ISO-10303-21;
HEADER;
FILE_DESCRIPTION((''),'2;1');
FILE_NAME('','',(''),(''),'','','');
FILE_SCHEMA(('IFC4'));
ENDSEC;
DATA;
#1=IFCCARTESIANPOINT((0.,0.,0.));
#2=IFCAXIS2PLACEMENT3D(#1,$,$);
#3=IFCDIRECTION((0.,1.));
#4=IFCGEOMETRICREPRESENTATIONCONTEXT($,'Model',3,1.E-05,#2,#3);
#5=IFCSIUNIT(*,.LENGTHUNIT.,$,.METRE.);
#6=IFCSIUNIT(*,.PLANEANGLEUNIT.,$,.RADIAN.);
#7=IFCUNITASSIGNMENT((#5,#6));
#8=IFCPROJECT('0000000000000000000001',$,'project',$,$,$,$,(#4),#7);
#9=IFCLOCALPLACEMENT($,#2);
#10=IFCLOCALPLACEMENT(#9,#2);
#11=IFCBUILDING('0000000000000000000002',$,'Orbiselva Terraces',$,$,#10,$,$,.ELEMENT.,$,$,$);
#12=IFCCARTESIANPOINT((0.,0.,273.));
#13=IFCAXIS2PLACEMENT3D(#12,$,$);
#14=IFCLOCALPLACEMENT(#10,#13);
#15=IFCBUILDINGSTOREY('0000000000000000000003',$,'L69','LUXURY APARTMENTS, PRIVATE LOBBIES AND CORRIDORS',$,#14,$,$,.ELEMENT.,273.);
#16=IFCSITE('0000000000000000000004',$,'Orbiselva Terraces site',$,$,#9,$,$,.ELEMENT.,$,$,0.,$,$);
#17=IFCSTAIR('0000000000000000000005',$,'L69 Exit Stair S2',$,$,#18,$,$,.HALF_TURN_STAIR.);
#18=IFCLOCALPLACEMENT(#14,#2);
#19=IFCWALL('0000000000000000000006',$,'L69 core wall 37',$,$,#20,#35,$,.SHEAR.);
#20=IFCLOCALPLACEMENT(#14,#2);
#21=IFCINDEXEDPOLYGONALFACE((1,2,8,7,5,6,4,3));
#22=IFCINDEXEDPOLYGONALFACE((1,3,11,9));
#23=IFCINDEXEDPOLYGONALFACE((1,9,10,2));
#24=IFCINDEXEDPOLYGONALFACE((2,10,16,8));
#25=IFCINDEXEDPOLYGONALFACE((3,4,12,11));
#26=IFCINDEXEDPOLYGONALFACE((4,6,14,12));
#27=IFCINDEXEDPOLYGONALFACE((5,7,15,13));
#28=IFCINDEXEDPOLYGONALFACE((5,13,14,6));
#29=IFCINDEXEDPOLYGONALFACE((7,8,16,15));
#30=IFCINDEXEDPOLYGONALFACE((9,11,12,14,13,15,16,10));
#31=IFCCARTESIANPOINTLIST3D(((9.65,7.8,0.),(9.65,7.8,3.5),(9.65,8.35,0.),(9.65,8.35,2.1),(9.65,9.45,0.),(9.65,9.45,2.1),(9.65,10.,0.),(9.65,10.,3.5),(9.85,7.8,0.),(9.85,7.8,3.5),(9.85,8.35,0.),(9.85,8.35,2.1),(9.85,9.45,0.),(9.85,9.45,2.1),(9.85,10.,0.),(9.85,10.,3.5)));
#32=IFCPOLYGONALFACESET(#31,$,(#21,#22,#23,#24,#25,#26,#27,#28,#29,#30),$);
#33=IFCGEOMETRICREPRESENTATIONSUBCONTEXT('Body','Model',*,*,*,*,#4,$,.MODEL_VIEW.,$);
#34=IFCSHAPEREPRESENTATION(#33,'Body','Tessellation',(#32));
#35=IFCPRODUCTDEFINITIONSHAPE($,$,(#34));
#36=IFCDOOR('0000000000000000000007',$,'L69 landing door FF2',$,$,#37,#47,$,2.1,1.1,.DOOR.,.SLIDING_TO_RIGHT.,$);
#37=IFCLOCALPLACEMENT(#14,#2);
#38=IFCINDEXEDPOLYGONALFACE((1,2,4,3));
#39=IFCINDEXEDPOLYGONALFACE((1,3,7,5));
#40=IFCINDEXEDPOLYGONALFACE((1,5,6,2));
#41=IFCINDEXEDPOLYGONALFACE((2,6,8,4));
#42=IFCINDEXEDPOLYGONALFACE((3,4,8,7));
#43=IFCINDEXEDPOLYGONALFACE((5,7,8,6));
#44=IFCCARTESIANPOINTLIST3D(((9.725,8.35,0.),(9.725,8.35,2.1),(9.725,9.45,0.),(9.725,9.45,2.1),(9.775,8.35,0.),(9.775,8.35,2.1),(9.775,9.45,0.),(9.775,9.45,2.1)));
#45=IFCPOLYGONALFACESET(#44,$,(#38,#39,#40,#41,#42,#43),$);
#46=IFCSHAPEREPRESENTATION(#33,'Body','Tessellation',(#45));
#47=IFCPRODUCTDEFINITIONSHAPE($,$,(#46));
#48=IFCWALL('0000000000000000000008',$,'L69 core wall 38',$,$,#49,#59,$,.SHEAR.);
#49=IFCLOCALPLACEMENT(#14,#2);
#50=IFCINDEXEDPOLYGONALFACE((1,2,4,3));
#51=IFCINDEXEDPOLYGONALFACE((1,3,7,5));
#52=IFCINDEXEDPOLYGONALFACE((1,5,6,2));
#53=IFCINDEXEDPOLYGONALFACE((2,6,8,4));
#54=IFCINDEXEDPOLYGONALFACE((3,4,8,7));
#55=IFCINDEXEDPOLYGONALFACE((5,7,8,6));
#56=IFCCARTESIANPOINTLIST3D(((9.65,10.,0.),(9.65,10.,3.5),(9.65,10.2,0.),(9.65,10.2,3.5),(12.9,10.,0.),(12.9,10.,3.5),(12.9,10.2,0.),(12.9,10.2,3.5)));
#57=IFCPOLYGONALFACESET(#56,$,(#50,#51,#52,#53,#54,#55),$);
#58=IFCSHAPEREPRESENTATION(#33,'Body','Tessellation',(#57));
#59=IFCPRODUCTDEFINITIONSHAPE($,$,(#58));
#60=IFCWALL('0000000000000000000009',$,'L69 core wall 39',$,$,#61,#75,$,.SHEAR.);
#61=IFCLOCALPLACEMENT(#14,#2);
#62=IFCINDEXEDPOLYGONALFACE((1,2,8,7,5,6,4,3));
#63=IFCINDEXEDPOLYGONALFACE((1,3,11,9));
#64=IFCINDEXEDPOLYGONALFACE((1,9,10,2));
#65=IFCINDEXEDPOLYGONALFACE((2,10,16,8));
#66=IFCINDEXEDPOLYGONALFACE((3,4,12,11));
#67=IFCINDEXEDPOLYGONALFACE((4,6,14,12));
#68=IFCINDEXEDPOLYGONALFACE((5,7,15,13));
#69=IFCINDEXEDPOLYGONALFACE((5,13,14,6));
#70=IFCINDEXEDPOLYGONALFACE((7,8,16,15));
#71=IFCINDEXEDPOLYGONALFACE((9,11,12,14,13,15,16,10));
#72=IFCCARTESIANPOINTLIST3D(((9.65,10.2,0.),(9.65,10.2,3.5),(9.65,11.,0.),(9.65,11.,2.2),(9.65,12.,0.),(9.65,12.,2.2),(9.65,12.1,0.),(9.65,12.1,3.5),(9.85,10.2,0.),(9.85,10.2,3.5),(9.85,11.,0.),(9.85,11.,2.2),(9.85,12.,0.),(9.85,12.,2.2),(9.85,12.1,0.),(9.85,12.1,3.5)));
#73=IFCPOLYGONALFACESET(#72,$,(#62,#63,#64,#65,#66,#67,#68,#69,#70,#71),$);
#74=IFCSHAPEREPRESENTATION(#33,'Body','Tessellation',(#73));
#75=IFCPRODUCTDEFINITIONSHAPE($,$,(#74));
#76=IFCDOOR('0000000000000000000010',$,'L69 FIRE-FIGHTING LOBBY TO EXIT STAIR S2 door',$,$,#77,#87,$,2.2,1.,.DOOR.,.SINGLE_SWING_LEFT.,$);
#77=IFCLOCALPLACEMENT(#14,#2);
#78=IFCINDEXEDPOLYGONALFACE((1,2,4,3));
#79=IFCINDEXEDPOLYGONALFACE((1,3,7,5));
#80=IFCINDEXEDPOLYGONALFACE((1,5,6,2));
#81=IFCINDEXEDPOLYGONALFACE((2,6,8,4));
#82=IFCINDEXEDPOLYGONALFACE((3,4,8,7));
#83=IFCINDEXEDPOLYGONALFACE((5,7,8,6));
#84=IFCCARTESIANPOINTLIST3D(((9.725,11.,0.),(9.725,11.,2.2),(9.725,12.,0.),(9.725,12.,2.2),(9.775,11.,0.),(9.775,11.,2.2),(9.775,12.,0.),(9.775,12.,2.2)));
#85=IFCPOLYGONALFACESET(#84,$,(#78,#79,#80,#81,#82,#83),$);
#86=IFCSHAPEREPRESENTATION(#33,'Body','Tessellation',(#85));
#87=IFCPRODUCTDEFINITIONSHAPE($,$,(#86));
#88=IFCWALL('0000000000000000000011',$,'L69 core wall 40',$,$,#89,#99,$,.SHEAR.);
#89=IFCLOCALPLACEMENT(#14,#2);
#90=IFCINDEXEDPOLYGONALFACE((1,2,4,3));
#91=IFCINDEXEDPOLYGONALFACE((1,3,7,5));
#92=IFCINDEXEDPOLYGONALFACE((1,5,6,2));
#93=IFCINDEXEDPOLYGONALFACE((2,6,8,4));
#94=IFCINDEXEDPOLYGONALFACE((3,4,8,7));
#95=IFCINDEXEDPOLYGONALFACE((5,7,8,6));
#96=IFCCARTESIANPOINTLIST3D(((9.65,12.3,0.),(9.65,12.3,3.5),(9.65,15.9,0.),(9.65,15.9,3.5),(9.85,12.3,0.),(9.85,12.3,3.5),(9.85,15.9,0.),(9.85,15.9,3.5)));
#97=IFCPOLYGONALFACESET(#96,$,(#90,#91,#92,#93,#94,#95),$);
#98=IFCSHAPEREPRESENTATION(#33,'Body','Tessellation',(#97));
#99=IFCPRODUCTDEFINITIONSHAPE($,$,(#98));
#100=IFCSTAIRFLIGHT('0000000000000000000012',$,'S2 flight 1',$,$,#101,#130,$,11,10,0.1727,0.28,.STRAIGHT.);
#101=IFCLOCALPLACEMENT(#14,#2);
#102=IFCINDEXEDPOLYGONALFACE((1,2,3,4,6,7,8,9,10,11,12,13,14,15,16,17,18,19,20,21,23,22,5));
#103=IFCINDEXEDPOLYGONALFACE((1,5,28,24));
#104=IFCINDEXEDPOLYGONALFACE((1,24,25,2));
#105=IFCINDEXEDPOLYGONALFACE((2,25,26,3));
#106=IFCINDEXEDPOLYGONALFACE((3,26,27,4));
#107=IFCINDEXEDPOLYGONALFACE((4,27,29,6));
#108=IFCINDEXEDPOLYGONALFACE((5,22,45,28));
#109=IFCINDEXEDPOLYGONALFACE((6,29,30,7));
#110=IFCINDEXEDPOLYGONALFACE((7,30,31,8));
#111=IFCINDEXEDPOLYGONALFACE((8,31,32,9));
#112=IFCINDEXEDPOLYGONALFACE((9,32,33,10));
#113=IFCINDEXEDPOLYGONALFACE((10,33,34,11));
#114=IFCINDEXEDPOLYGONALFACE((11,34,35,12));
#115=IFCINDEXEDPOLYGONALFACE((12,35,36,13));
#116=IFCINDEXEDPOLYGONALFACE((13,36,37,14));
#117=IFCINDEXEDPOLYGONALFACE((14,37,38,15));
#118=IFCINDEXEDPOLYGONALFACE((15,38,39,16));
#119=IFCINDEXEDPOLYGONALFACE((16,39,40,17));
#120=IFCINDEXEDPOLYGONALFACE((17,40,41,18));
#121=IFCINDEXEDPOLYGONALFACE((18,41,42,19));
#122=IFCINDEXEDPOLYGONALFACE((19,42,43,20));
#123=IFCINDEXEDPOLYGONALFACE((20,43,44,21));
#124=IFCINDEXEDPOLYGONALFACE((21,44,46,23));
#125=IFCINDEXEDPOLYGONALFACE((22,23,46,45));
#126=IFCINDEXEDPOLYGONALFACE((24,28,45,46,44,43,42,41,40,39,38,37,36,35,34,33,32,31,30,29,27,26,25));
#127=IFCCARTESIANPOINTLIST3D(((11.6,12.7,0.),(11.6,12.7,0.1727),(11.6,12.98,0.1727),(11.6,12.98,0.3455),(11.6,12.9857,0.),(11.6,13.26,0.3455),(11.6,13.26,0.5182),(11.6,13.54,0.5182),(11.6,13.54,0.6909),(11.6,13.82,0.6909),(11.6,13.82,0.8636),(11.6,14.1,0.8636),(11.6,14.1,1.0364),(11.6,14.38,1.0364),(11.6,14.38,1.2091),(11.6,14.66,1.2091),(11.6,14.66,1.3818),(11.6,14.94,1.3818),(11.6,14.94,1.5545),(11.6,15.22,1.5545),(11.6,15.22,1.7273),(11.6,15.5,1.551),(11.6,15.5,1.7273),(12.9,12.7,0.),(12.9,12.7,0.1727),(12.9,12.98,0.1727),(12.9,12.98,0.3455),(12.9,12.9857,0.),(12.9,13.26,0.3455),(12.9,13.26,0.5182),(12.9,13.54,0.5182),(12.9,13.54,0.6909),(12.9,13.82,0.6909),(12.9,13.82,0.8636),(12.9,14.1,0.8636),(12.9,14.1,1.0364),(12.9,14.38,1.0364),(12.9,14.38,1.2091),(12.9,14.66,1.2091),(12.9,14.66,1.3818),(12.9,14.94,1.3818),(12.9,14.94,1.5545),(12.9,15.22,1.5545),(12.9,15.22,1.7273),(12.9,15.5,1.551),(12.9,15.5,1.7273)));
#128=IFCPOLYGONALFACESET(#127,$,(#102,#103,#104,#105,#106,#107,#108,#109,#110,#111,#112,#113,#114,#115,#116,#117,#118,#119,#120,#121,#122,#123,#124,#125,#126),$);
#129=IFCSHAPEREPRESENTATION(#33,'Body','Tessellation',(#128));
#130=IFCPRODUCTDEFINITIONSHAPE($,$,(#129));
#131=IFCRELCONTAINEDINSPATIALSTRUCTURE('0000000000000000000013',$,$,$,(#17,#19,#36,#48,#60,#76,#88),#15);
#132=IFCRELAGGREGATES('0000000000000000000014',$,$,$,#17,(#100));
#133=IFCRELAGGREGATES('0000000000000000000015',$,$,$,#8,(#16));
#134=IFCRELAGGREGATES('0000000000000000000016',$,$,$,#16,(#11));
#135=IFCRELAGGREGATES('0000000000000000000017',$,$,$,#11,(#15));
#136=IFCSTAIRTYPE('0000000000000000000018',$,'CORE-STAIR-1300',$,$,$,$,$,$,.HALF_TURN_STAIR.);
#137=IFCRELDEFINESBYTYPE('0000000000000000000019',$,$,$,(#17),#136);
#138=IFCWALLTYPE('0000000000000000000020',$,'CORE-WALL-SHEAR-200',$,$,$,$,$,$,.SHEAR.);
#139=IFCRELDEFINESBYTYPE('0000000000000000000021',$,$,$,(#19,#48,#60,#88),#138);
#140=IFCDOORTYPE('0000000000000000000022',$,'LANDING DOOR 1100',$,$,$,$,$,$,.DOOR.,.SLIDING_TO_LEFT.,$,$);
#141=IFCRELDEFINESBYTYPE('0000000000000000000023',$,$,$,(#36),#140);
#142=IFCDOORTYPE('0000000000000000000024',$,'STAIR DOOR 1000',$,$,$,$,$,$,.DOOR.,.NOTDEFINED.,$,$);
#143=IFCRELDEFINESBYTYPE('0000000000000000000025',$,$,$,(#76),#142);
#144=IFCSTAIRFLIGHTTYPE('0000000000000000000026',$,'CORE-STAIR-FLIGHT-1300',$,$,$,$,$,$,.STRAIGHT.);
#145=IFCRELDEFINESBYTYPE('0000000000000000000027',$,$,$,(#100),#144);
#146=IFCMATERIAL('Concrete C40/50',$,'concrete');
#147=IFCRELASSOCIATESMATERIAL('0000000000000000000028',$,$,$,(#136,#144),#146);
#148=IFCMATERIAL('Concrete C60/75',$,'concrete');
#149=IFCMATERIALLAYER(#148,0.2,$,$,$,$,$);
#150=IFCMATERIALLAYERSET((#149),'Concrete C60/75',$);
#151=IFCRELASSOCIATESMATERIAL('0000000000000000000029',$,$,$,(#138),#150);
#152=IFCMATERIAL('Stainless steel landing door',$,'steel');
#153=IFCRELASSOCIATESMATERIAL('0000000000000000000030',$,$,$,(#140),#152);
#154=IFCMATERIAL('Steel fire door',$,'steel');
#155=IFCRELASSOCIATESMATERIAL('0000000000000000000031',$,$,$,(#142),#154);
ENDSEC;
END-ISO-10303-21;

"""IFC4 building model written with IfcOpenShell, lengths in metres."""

from ifc_helpers import new_model, si_unit, direction, frame, frame_2d, origin, place, context, subcontext, project, spatial, polyline, rectangle, outline, extrude, material, layer, layer_set, type_object, element, fill, aggregate, save


model = new_model("IFC4")

# Units and contexts
model_context = context("Model", 3, precision=1e-05, world=origin(), true_north=direction((0.0, 1.0)))
body_context = subcontext(model_context, "Body", "Model", "MODEL_VIEW")
ifc_project = project(units=[si_unit("LENGTHUNIT", "METRE"), si_unit("PLANEANGLEUNIT", "RADIAN")], contexts=[model_context])

# Site, building, storey
site_placement = place(None, origin())
site = spatial("IfcSite", under=ifc_project, at=site_placement, Name="Orbiselva Terraces site", CompositionType="ELEMENT", RefElevation=0.0)
building_placement = place(site_placement, origin())
building = spatial("IfcBuilding", under=site, at=building_placement, Name="Orbiselva Terraces", CompositionType="ELEMENT")
storey_placement = place(building_placement, frame((0.0, 0.0, 273.0)))
storey = spatial("IfcBuildingStorey", under=building, at=storey_placement, Name="L69", Description="LUXURY APARTMENTS, PRIVATE LOBBIES AND CORRIDORS", CompositionType="ELEMENT", Elevation=273.0)

# Stair
ifc_material_1 = material(Name="Concrete C40/50", Category="concrete")
stair_type_1 = type_object("IfcStairType", Name="CORE-STAIR-1300", PredefinedType="HALF_TURN_STAIR", material=ifc_material_1)
stair_1_placement = place(storey_placement, origin())
stair_1 = element("IfcStair", 1, at=stair_1_placement, inside=storey, type_object=stair_type_1, Name="L69 Exit Stair S2", PredefinedType="HALF_TURN_STAIR")

# Shared definitions
ifc_material_2 = material(Name="Steel fire door", Category="steel")

# Shared definitions
ifc_material_3 = material(Name="Concrete C60/75", Category="concrete")
ifc_layer_1 = layer(ifc_material_3, 0.2)
ifc_layer_set_1 = layer_set([ifc_layer_1], Name="Concrete C60/75")
wall_type_1 = type_object("IfcWallType", Name="CORE-WALL-SHEAR-200", PredefinedType="SHEAR", material=ifc_layer_set_1)

# Shared definitions
ifc_material_4 = material(Name="Stainless steel landing door", Category="steel")
door_type_1 = type_object("IfcDoorType", Name="LANDING DOOR 1100", OperationType="SLIDING_TO_LEFT", PredefinedType="DOOR", material=ifc_material_4)

# Wall, opening, door
wall_1_placement = place(storey_placement, frame((9.75, 7.8, 0.0), z_axis=(0.0, 0.0, 1.0), x_axis=(0.0, 1.0, 0.0)))
wall_1 = element("IfcWall", 2, at=wall_1_placement, inside=storey, type_object=wall_type_1, Name="L69 core wall 37", PredefinedType="SHEAR", context=body_context, shape_type="SweptSolid", body=[
    extrude(rectangle(XDim=2.2, YDim=0.2, at=frame_2d((1.1, 0.0))), origin(), (0.0, 0.0, 1.0), 3.5),
])
opening_1_placement = place(wall_1_placement, frame((0.55, 0.0, 0.0)))
opening_1 = element("IfcOpeningElement", 3, at=opening_1_placement, cuts=wall_1, PredefinedType="OPENING", context=body_context, shape_type="SweptSolid", body=[
    extrude(rectangle(XDim=1.1, YDim=2.1, at=frame_2d((0.55, 1.05))), frame((0.0, 0.11, 0.0), z_axis=(0.0, -1.0, 0.0), x_axis=(1.0, 0.0, 0.0)), (0.0, 0.0, 1.0), 0.22),
])
door_1_placement = place(opening_1_placement, origin())
door_1 = element("IfcDoor", 4, at=door_1_placement, inside=storey, type_object=door_type_1, Name="L69 landing door FF2", OperationType="SLIDING_TO_RIGHT", OverallHeight=2.1, OverallWidth=1.1, PredefinedType="DOOR", context=body_context, shape_type="SweptSolid", body=[
    extrude(rectangle(XDim=1.1, YDim=2.1, at=frame_2d((0.55, 1.05))), frame((0.0, 0.025, 0.0), z_axis=(0.0, -1.0, 0.0), x_axis=(1.0, 0.0, 0.0)), (0.0, 0.0, 1.0), 0.05),
])
fill(opening_1, door_1)

# Wall
wall_2_placement = place(storey_placement, frame((9.65, 10.1, 0.0), z_axis=(0.0, 0.0, 1.0), x_axis=(1.0, 0.0, 0.0)))
element("IfcWall", 5, at=wall_2_placement, inside=storey, type_object=wall_type_1, Name="L69 core wall 38", PredefinedType="SHEAR", context=body_context, shape_type="SweptSolid", body=[
    extrude(rectangle(XDim=3.25, YDim=0.2, at=frame_2d((1.625, 0.0))), origin(), (0.0, 0.0, 1.0), 3.5),
])

# Wall, opening, door
wall_3_placement = place(storey_placement, frame((9.75, 12.1, 0.0), z_axis=(0.0, 0.0, 1.0), x_axis=(0.0, -1.0, 0.0)))
wall_3 = element("IfcWall", 6, at=wall_3_placement, inside=storey, type_object=wall_type_1, Name="L69 core wall 39", PredefinedType="SHEAR", context=body_context, shape_type="SweptSolid", body=[
    extrude(rectangle(XDim=1.9, YDim=0.2, at=frame_2d((0.95, 0.0))), origin(), (0.0, 0.0, 1.0), 3.5),
])
opening_2_placement = place(wall_3_placement, frame((0.1, 0.0, 0.0)))
opening_2 = element("IfcOpeningElement", 7, at=opening_2_placement, cuts=wall_3, PredefinedType="OPENING", context=body_context, shape_type="SweptSolid", body=[
    extrude(rectangle(XDim=1.0, YDim=2.2, at=frame_2d((0.5, 1.1))), frame((0.0, 0.11, 0.0), z_axis=(0.0, -1.0, 0.0), x_axis=(1.0, 0.0, 0.0)), (0.0, 0.0, 1.0), 0.22),
])
door_type_2 = type_object("IfcDoorType", Name="STAIR DOOR 1000", OperationType="NOTDEFINED", PredefinedType="DOOR", material=ifc_material_2)
door_2_placement = place(opening_2_placement, origin())
door_2 = element("IfcDoor", 8, at=door_2_placement, inside=storey, type_object=door_type_2, Name="L69 FIRE-FIGHTING LOBBY TO EXIT STAIR S2 door", OperationType="SINGLE_SWING_LEFT", OverallHeight=2.2, OverallWidth=1.0, PredefinedType="DOOR", context=body_context, shape_type="SweptSolid", body=[
    extrude(rectangle(XDim=1.0, YDim=2.2, at=frame_2d((0.5, 1.1))), frame((0.0, 0.025, 0.0), z_axis=(0.0, -1.0, 0.0), x_axis=(1.0, 0.0, 0.0)), (0.0, 0.0, 1.0), 0.05),
])
fill(opening_2, door_2)

# Wall
wall_4_placement = place(storey_placement, frame((9.75, 12.3, 0.0), z_axis=(0.0, 0.0, 1.0), x_axis=(0.0, 1.0, 0.0)))
element("IfcWall", 9, at=wall_4_placement, inside=storey, type_object=wall_type_1, Name="L69 core wall 40", PredefinedType="SHEAR", context=body_context, shape_type="SweptSolid", body=[
    extrude(rectangle(XDim=3.6, YDim=0.2, at=frame_2d((1.8, 0.0))), origin(), (0.0, 0.0, 1.0), 3.5),
])

# Stair flight
stair_flight_type = type_object("IfcStairFlightType", Name="CORE-STAIR-FLIGHT-1300", PredefinedType="STRAIGHT", material=ifc_material_1)
stair_flight_placement = place(storey_placement, frame((12.25, 12.7, 0.0), z_axis=(0.0, 0.0, 1.0), x_axis=(0.0, 1.0, 0.0)))
stair_flight = element("IfcStairFlight", 10, at=stair_flight_placement, type_object=stair_flight_type, Name="S2 flight 1", NumberOfRisers=11, NumberOfTreads=10, PredefinedType="STRAIGHT", RiserHeight=0.1727, TreadLength=0.28, context=body_context, shape_type="SweptSolid", body=[
    extrude(outline(polyline([(0.0, 0.0), (0.0, 0.1727), (0.28, 0.1727), (0.28, 0.3455), (0.56, 0.3455), (0.56, 0.5182), (0.84, 0.5182), (0.84, 0.6909), (1.12, 0.6909), (1.12, 0.8636), (1.4, 0.8636), (1.4, 1.0364), (1.68, 1.0364), (1.68, 1.2091), (1.96, 1.2091), (1.96, 1.3818), (2.24, 1.3818), (2.24, 1.5545), (2.52, 1.5545), (2.52, 1.7273), (2.8, 1.7273), (2.8, 1.9), (2.8, 1.551), (0.2857, 0.0), (0.0, 0.0)])), frame((0.0, 0.65, 0.0), z_axis=(0.0, -1.0, 0.0), x_axis=(1.0, 0.0, 0.0)), (0.0, 0.0, 1.0), 1.3),
])
aggregate(stair_1, [stair_flight])

save(model, "model.ifc")
